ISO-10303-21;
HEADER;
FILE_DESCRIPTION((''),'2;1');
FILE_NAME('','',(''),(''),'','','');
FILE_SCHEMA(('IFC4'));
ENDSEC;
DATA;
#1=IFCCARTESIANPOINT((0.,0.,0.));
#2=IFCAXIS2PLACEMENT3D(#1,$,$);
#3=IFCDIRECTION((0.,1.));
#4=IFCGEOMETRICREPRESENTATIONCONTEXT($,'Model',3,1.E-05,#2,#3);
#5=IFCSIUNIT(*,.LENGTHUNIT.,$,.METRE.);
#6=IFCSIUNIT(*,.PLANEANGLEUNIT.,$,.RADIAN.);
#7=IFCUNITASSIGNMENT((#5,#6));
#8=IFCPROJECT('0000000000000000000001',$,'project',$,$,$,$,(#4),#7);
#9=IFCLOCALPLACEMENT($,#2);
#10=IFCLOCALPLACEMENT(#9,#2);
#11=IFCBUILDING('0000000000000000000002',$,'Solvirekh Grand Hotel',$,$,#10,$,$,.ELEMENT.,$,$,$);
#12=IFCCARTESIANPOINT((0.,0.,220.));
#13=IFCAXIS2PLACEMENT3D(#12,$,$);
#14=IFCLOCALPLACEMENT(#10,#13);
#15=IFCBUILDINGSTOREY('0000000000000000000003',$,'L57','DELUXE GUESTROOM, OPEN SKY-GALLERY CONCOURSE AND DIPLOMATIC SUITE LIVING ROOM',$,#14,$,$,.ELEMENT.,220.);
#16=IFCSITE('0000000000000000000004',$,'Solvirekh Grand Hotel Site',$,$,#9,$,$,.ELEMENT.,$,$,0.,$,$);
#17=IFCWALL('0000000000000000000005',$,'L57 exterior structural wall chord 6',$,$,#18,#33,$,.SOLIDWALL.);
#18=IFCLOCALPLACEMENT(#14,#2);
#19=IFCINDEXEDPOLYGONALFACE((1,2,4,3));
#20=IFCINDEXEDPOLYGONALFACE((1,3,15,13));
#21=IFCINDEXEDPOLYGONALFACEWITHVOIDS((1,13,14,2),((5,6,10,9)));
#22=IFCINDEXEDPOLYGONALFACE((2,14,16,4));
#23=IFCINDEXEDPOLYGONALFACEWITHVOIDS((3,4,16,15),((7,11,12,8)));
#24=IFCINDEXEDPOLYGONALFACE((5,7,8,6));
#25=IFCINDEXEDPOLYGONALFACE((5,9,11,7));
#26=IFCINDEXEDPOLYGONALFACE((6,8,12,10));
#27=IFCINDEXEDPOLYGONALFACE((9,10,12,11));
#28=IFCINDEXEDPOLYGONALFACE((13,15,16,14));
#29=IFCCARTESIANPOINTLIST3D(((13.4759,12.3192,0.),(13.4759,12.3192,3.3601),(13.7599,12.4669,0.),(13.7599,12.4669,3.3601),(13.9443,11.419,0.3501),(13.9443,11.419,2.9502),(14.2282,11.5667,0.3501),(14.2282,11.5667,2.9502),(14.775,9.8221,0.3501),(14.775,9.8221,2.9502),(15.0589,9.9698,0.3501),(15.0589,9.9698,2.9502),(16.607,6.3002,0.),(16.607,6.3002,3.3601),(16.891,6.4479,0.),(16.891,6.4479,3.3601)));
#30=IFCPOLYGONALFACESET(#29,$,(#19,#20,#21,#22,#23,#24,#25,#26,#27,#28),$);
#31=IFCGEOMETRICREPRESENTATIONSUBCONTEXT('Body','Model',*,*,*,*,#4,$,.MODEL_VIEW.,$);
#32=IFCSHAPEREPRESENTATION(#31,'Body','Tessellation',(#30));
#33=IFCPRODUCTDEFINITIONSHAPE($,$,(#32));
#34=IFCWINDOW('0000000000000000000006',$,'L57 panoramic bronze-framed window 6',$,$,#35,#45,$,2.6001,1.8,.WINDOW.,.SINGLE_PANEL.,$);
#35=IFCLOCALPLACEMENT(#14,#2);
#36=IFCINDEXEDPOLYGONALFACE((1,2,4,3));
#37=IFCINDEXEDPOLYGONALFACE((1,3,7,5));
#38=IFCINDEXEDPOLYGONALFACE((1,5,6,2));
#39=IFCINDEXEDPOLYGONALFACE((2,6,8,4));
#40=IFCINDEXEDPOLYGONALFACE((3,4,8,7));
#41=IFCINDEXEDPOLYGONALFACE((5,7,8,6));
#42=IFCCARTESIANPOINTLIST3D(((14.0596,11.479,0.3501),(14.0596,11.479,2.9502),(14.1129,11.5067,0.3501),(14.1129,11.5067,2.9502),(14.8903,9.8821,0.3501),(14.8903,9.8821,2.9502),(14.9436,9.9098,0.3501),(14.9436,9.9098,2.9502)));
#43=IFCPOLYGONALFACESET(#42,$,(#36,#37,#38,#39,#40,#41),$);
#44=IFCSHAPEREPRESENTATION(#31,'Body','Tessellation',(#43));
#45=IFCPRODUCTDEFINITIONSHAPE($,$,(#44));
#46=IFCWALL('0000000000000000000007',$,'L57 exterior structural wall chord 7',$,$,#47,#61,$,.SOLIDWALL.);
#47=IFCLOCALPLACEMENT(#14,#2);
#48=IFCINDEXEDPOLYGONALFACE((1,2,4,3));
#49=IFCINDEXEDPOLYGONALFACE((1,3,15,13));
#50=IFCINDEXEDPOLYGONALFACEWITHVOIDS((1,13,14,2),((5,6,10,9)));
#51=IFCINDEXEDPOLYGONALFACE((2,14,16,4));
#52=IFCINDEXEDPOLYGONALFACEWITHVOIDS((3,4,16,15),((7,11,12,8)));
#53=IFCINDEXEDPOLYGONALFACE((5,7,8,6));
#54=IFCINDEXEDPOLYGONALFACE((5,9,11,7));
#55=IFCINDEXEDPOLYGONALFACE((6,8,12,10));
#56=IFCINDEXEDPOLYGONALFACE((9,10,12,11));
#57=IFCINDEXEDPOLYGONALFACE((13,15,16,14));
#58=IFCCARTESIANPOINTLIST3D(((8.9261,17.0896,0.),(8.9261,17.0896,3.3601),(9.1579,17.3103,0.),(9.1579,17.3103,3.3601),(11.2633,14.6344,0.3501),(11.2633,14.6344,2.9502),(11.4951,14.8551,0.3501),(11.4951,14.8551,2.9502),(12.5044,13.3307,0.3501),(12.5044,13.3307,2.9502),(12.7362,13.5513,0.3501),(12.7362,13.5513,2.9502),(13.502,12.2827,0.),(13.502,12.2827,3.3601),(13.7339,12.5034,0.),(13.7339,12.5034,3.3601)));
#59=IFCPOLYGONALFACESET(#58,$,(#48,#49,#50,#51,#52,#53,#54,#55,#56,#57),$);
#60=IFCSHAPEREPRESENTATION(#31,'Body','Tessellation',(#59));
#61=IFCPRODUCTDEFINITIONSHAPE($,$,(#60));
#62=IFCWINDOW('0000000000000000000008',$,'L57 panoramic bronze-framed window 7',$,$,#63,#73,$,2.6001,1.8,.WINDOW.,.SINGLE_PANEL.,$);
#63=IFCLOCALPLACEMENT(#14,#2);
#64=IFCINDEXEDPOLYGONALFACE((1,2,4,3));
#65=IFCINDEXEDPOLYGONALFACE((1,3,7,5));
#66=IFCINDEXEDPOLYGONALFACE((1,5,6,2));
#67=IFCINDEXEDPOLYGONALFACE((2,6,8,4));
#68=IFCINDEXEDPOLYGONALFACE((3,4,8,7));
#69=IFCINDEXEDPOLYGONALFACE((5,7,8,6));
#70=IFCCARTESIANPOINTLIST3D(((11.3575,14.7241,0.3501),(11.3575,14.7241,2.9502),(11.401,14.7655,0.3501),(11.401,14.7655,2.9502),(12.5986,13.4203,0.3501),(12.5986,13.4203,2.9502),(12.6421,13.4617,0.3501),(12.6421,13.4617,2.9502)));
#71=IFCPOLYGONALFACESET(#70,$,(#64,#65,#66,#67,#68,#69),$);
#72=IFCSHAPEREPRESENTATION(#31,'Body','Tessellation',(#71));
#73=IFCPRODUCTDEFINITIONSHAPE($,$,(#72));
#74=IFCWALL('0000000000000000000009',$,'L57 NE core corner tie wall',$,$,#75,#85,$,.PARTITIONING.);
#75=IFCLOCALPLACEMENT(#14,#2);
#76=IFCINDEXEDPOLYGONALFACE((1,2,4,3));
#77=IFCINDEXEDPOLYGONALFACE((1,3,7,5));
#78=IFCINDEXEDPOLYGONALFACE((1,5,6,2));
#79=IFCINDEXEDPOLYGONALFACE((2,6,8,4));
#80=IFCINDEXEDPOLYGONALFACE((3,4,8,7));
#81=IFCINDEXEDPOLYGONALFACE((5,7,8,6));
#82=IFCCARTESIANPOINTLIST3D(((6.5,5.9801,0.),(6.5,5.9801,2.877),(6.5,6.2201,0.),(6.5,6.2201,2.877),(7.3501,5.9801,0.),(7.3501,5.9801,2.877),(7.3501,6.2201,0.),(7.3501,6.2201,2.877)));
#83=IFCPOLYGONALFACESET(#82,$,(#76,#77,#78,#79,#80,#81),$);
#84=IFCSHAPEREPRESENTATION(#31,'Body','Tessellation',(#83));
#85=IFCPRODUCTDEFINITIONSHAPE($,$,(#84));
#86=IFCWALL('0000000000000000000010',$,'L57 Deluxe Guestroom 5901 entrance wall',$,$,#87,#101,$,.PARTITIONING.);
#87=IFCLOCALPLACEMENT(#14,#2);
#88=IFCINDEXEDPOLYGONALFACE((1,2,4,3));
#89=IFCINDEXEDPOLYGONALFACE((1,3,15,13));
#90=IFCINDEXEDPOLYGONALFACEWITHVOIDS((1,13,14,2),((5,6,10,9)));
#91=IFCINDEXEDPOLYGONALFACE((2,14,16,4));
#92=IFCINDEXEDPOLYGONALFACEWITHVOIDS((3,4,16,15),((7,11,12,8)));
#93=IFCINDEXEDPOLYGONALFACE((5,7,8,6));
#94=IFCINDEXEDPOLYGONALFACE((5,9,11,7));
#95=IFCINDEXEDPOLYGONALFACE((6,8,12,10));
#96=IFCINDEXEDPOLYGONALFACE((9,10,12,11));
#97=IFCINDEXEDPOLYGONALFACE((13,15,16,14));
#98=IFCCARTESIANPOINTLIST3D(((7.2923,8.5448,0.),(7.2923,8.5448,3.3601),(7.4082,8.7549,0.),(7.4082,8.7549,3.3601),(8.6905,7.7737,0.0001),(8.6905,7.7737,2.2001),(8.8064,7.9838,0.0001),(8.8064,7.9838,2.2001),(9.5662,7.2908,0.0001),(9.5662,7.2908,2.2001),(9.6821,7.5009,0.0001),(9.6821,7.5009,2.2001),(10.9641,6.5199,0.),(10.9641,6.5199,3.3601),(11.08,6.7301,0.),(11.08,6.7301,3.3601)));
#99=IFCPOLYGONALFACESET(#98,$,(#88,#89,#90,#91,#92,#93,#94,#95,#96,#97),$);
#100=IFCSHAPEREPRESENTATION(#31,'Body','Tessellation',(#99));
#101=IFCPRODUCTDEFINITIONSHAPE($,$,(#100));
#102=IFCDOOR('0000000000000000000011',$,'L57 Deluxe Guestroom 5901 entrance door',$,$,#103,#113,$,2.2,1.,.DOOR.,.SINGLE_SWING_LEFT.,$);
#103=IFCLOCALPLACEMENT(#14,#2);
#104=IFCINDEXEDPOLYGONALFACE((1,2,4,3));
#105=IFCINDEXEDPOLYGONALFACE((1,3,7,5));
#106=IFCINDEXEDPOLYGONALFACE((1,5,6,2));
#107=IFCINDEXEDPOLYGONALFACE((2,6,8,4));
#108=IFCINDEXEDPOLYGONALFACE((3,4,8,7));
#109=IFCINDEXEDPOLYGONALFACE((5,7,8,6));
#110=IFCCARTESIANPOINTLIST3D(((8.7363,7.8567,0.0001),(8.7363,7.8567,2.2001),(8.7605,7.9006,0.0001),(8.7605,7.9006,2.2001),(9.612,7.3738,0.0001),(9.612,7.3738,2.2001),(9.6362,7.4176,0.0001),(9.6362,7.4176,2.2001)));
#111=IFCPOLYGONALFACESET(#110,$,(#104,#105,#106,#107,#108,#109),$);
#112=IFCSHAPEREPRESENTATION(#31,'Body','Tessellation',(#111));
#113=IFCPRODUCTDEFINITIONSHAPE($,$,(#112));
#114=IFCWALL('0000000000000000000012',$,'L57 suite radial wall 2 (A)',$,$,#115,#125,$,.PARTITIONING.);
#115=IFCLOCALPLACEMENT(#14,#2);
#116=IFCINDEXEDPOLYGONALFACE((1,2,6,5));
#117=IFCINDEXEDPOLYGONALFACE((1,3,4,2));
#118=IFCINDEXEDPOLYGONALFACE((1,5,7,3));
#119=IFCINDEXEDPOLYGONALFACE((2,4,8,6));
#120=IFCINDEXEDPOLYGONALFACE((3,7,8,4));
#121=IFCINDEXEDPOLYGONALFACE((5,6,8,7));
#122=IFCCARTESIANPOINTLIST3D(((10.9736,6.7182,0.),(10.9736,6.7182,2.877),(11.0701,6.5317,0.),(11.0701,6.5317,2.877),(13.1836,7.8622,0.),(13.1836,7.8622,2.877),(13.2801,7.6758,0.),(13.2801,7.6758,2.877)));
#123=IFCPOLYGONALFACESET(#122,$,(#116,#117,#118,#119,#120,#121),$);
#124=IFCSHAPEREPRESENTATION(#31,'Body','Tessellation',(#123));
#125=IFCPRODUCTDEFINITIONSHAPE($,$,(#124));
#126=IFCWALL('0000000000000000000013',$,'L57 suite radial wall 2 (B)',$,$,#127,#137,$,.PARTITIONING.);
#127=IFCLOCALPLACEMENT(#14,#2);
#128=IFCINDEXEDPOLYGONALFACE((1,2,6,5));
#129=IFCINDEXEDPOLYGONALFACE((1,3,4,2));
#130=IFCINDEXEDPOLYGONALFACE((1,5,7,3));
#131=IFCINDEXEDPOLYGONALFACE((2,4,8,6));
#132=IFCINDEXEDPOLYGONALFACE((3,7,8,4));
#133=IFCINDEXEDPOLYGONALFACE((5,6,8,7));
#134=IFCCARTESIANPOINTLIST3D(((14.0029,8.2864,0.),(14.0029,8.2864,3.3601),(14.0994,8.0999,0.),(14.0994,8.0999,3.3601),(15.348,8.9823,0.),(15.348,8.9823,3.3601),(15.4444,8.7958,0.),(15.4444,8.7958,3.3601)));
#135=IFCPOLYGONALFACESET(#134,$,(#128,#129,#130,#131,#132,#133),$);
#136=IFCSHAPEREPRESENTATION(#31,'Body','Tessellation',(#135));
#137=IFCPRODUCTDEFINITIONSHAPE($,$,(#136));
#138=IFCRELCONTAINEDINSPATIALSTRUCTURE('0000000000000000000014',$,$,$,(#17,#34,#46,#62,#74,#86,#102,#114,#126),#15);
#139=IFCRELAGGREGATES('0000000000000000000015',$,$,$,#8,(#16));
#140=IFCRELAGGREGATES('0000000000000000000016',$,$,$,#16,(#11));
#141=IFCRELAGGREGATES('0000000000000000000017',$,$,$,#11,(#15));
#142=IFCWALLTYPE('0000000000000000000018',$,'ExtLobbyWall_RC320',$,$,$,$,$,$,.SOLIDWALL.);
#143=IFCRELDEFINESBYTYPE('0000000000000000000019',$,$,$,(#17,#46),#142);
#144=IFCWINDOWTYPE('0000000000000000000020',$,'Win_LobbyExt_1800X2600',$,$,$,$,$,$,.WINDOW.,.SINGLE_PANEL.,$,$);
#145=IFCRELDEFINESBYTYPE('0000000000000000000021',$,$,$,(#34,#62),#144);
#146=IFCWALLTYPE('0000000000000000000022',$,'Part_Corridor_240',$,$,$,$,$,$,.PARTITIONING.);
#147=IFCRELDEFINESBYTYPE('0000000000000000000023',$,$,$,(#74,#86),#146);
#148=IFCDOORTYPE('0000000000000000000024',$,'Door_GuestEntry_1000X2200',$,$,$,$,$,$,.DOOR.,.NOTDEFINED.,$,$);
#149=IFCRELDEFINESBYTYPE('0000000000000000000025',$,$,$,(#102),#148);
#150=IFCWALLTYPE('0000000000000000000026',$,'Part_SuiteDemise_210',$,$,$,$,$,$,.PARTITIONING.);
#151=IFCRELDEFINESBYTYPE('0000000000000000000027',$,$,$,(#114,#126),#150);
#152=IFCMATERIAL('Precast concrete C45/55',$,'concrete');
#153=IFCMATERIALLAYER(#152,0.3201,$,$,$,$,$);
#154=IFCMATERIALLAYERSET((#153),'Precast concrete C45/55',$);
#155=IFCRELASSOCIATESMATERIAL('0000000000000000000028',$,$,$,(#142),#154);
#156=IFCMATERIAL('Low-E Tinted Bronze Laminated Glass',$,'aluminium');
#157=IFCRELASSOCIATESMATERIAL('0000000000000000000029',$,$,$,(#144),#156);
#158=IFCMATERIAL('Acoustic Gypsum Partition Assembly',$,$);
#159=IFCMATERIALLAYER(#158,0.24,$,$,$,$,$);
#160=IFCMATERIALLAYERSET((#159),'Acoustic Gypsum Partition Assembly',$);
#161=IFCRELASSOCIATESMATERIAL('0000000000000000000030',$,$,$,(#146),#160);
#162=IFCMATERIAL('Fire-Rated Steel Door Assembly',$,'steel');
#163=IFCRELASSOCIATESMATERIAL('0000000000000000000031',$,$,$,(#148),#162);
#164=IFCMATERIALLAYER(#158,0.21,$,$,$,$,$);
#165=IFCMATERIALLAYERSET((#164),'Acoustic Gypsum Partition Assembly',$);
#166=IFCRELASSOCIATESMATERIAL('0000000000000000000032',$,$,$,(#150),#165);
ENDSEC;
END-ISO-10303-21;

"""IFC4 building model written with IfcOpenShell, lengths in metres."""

from ifc_helpers import new_model, si_unit, direction, frame, frame_2d, origin, place, context, subcontext, project, spatial, rectangle, extrude, material, layer, layer_set, type_object, element, fill, save


model = new_model("IFC4")

# Units and contexts
model_context = context("Model", 3, precision=1e-05, world=origin(), true_north=direction((0.0, 1.0)))
body_context = subcontext(model_context, "Body", "Model", "MODEL_VIEW")
ifc_project = project(units=[si_unit("LENGTHUNIT", "METRE"), si_unit("PLANEANGLEUNIT", "RADIAN")], contexts=[model_context])

# Site, building, storey
site_placement = place(None, origin())
site = spatial("IfcSite", under=ifc_project, at=site_placement, Name="Solvirekh Grand Hotel Site", CompositionType="ELEMENT", RefElevation=0.0)
building_placement = place(site_placement, origin())
building = spatial("IfcBuilding", under=site, at=building_placement, Name="Solvirekh Grand Hotel", CompositionType="ELEMENT")
storey_placement = place(building_placement, frame((0.0, 0.0, 220.0)))
storey = spatial("IfcBuildingStorey", under=building, at=storey_placement, Name="L57", Description="DELUXE GUESTROOM, OPEN SKY-GALLERY CONCOURSE AND DIPLOMATIC SUITE LIVING ROOM", CompositionType="ELEMENT", Elevation=220.0)

# Shared definitions
ifc_material_1 = material(Name="Low-E Tinted Bronze Laminated Glass", Category="aluminium")

# Walls, openings, windows
ifc_material_2 = material(Name="Precast concrete C45/55", Category="concrete")
ifc_layer_1 = layer(ifc_material_2, 0.3201)
ifc_layer_set_1 = layer_set([ifc_layer_1], Name="Precast concrete C45/55")
wall_type_1 = type_object("IfcWallType", Name="ExtLobbyWall_RC320", PredefinedType="SOLIDWALL", material=ifc_layer_set_1)
wall_1_placement = place(storey_placement, frame((13.6179, 12.3931, 0.0), z_axis=(0.0, 0.0, 1.0), x_axis=(0.461492, -0.887144, 0.0)))
wall_1 = element("IfcWall", 1, at=wall_1_placement, inside=storey, type_object=wall_type_1, Name="L57 exterior structural wall chord 6", PredefinedType="SOLIDWALL", context=body_context, shape_type="SweptSolid", body=[
    extrude(rectangle(XDim=6.7847, YDim=0.3201, at=frame_2d((3.3923, 0.0))), origin(), (0.0, 0.0, 1.0), 3.3601),
])
opening_1_placement = place(wall_1_placement, frame((1.0149, 0.0, 0.3501)))
opening_1 = element("IfcOpeningElement", 2, at=opening_1_placement, cuts=wall_1, PredefinedType="OPENING", context=body_context, shape_type="SweptSolid", body=[
    extrude(rectangle(XDim=1.8, YDim=2.6001, at=frame_2d((0.8999, 1.3))), frame((0.0, 0.1699, 0.0), z_axis=(0.0, -1.0, 0.0), x_axis=(1.0, 0.0, 0.0)), (0.0, 0.0, 1.0), 0.3401),
])
window_type = type_object("IfcWindowType", Name="Win_LobbyExt_1800X2600", PartitioningType="SINGLE_PANEL", PredefinedType="WINDOW", material=ifc_material_1)
window_1_placement = place(opening_1_placement, origin())
window_1 = element("IfcWindow", 3, at=window_1_placement, inside=storey, type_object=window_type, Name="L57 panoramic bronze-framed window 6", OverallHeight=2.6001, OverallWidth=1.8, PartitioningType="SINGLE_PANEL", PredefinedType="WINDOW", context=body_context, shape_type="SweptSolid", body=[
    extrude(rectangle(XDim=1.8, YDim=2.6001, at=frame_2d((0.8999, 1.3))), frame((0.0, 0.03, 0.0), z_axis=(0.0, -1.0, 0.0), x_axis=(1.0, 0.0, 0.0)), (0.0, 0.0, 1.0), 0.0601),
])
fill(opening_1, window_1)
wall_2_placement = place(storey_placement, frame((9.042, 17.2, 0.0), z_axis=(0.0, 0.0, 1.0), x_axis=(0.689493, -0.724293, 0.0)))
wall_2 = element("IfcWall", 4, at=wall_2_placement, inside=storey, type_object=wall_type_1, Name="L57 exterior structural wall chord 7", PredefinedType="SOLIDWALL", context=body_context, shape_type="SweptSolid", body=[
    extrude(rectangle(XDim=6.6367, YDim=0.3201, at=frame_2d((3.3184, 0.0))), origin(), (0.0, 0.0, 1.0), 3.3601),
])
opening_2_placement = place(wall_2_placement, frame((3.3899, 0.0, 0.3501)))
opening_2 = element("IfcOpeningElement", 5, at=opening_2_placement, cuts=wall_2, PredefinedType="OPENING", context=body_context, shape_type="SweptSolid", body=[
    extrude(rectangle(XDim=1.8, YDim=2.6001, at=frame_2d((0.8999, 1.3))), frame((0.0, 0.1699, 0.0), z_axis=(0.0, -1.0, 0.0), x_axis=(1.0, 0.0, 0.0)), (0.0, 0.0, 1.0), 0.3401),
])
window_2_placement = place(opening_2_placement, origin())
window_2 = element("IfcWindow", 6, at=window_2_placement, inside=storey, type_object=window_type, Name="L57 panoramic bronze-framed window 7", OverallHeight=2.6001, OverallWidth=1.8, PartitioningType="SINGLE_PANEL", PredefinedType="WINDOW", context=body_context, shape_type="SweptSolid", body=[
    extrude(rectangle(XDim=1.8, YDim=2.6001, at=frame_2d((0.8999, 1.3))), frame((0.0, 0.03, 0.0), z_axis=(0.0, -1.0, 0.0), x_axis=(1.0, 0.0, 0.0)), (0.0, 0.0, 1.0), 0.0601),
])
fill(opening_2, window_2)

# Wall
ifc_material_3 = material(Name="Acoustic Gypsum Partition Assembly")
ifc_layer_2 = layer(ifc_material_3, 0.24)
ifc_layer_set_2 = layer_set([ifc_layer_2], Name="Acoustic Gypsum Partition Assembly")
wall_type_2 = type_object("IfcWallType", Name="Part_Corridor_240", PredefinedType="PARTITIONING", material=ifc_layer_set_2)
wall_3_placement = place(storey_placement, frame((6.5, 6.1001, 0.0), z_axis=(0.0, 0.0, 1.0), x_axis=(1.0, 0.0, 0.0)))
element("IfcWall", 7, at=wall_3_placement, inside=storey, type_object=wall_type_2, Name="L57 NE core corner tie wall", PredefinedType="PARTITIONING", context=body_context, shape_type="SweptSolid", body=[
    extrude(rectangle(XDim=0.8501, YDim=0.24, at=frame_2d((0.425, 0.0))), origin(), (0.0, 0.0, 1.0), 2.877),
])

# Wall, opening, door
wall_4_placement = place(storey_placement, frame((7.3501, 8.6499, 0.0), z_axis=(0.0, 0.0, 1.0), x_axis=(0.875674, -0.482902, 0.0)))
wall_4 = element("IfcWall", 8, at=wall_4_placement, inside=storey, type_object=wall_type_2, Name="L57 Deluxe Guestroom 5901 entrance wall", PredefinedType="PARTITIONING", context=body_context, shape_type="SweptSolid", body=[
    extrude(rectangle(XDim=4.1931, YDim=0.24, at=frame_2d((2.0967, 0.0))), origin(), (0.0, 0.0, 1.0), 3.3601),
])
opening_3_placement = place(wall_4_placement, frame((1.5969, 0.0, 0.0)))
opening_3 = element("IfcOpeningElement", 9, at=opening_3_placement, cuts=wall_4, PredefinedType="OPENING", context=body_context, shape_type="SweptSolid", body=[
    extrude(rectangle(XDim=1.0, YDim=2.2, at=frame_2d((0.5, 1.1001))), frame((0.0, 0.1299, 0.0), z_axis=(0.0, -1.0, 0.0), x_axis=(1.0, 0.0, 0.0)), (0.0, 0.0, 1.0), 0.26),
])
ifc_material_4 = material(Name="Fire-Rated Steel Door Assembly", Category="steel")
door_type = type_object("IfcDoorType", Name="Door_GuestEntry_1000X2200", OperationType="NOTDEFINED", PredefinedType="DOOR", material=ifc_material_4)
door_placement = place(opening_3_placement, origin())
door = element("IfcDoor", 10, at=door_placement, inside=storey, type_object=door_type, Name="L57 Deluxe Guestroom 5901 entrance door", OperationType="SINGLE_SWING_LEFT", OverallHeight=2.2, OverallWidth=1.0, PredefinedType="DOOR", context=body_context, shape_type="SweptSolid", body=[
    extrude(rectangle(XDim=1.0, YDim=2.2, at=frame_2d((0.5, 1.1001))), frame((0.0, 0.0249, 0.0), z_axis=(0.0, -1.0, 0.0), x_axis=(1.0, 0.0, 0.0)), (0.0, 0.0, 1.0), 0.05),
])
fill(opening_3, door)

# Walls
ifc_layer_3 = layer(ifc_material_3, 0.21)
ifc_layer_set_3 = layer_set([ifc_layer_3], Name="Acoustic Gypsum Partition Assembly")
wall_type_3 = type_object("IfcWallType", Name="Part_SuiteDemise_210", PredefinedType="PARTITIONING", material=ifc_layer_set_3)
wall_5_placement = place(storey_placement, frame((11.022, 6.625, 0.0), z_axis=(0.0, 0.0, 1.0), x_axis=(0.88806, 0.459727, 0.0)))
element("IfcWall", 11, at=wall_5_placement, inside=storey, type_object=wall_type_3, Name="L57 suite radial wall 2 (A)", PredefinedType="PARTITIONING", context=body_context, shape_type="SweptSolid", body=[
    extrude(rectangle(XDim=2.4885, YDim=0.21, at=frame_2d((1.2441, 0.0))), origin(), (0.0, 0.0, 1.0), 2.877),
])
wall_6_placement = place(storey_placement, frame((14.051, 8.1931, 0.0), z_axis=(0.0, 0.0, 1.0), x_axis=(0.888184, 0.459489, 0.0)))
element("IfcWall", 12, at=wall_6_placement, inside=storey, type_object=wall_type_3, Name="L57 suite radial wall 2 (B)", PredefinedType="PARTITIONING", context=body_context, shape_type="SweptSolid", body=[
    extrude(rectangle(XDim=1.5144, YDim=0.21, at=frame_2d((0.7573, 0.0))), origin(), (0.0, 0.0, 1.0), 3.3601),
])

save(model, "model.ifc")
